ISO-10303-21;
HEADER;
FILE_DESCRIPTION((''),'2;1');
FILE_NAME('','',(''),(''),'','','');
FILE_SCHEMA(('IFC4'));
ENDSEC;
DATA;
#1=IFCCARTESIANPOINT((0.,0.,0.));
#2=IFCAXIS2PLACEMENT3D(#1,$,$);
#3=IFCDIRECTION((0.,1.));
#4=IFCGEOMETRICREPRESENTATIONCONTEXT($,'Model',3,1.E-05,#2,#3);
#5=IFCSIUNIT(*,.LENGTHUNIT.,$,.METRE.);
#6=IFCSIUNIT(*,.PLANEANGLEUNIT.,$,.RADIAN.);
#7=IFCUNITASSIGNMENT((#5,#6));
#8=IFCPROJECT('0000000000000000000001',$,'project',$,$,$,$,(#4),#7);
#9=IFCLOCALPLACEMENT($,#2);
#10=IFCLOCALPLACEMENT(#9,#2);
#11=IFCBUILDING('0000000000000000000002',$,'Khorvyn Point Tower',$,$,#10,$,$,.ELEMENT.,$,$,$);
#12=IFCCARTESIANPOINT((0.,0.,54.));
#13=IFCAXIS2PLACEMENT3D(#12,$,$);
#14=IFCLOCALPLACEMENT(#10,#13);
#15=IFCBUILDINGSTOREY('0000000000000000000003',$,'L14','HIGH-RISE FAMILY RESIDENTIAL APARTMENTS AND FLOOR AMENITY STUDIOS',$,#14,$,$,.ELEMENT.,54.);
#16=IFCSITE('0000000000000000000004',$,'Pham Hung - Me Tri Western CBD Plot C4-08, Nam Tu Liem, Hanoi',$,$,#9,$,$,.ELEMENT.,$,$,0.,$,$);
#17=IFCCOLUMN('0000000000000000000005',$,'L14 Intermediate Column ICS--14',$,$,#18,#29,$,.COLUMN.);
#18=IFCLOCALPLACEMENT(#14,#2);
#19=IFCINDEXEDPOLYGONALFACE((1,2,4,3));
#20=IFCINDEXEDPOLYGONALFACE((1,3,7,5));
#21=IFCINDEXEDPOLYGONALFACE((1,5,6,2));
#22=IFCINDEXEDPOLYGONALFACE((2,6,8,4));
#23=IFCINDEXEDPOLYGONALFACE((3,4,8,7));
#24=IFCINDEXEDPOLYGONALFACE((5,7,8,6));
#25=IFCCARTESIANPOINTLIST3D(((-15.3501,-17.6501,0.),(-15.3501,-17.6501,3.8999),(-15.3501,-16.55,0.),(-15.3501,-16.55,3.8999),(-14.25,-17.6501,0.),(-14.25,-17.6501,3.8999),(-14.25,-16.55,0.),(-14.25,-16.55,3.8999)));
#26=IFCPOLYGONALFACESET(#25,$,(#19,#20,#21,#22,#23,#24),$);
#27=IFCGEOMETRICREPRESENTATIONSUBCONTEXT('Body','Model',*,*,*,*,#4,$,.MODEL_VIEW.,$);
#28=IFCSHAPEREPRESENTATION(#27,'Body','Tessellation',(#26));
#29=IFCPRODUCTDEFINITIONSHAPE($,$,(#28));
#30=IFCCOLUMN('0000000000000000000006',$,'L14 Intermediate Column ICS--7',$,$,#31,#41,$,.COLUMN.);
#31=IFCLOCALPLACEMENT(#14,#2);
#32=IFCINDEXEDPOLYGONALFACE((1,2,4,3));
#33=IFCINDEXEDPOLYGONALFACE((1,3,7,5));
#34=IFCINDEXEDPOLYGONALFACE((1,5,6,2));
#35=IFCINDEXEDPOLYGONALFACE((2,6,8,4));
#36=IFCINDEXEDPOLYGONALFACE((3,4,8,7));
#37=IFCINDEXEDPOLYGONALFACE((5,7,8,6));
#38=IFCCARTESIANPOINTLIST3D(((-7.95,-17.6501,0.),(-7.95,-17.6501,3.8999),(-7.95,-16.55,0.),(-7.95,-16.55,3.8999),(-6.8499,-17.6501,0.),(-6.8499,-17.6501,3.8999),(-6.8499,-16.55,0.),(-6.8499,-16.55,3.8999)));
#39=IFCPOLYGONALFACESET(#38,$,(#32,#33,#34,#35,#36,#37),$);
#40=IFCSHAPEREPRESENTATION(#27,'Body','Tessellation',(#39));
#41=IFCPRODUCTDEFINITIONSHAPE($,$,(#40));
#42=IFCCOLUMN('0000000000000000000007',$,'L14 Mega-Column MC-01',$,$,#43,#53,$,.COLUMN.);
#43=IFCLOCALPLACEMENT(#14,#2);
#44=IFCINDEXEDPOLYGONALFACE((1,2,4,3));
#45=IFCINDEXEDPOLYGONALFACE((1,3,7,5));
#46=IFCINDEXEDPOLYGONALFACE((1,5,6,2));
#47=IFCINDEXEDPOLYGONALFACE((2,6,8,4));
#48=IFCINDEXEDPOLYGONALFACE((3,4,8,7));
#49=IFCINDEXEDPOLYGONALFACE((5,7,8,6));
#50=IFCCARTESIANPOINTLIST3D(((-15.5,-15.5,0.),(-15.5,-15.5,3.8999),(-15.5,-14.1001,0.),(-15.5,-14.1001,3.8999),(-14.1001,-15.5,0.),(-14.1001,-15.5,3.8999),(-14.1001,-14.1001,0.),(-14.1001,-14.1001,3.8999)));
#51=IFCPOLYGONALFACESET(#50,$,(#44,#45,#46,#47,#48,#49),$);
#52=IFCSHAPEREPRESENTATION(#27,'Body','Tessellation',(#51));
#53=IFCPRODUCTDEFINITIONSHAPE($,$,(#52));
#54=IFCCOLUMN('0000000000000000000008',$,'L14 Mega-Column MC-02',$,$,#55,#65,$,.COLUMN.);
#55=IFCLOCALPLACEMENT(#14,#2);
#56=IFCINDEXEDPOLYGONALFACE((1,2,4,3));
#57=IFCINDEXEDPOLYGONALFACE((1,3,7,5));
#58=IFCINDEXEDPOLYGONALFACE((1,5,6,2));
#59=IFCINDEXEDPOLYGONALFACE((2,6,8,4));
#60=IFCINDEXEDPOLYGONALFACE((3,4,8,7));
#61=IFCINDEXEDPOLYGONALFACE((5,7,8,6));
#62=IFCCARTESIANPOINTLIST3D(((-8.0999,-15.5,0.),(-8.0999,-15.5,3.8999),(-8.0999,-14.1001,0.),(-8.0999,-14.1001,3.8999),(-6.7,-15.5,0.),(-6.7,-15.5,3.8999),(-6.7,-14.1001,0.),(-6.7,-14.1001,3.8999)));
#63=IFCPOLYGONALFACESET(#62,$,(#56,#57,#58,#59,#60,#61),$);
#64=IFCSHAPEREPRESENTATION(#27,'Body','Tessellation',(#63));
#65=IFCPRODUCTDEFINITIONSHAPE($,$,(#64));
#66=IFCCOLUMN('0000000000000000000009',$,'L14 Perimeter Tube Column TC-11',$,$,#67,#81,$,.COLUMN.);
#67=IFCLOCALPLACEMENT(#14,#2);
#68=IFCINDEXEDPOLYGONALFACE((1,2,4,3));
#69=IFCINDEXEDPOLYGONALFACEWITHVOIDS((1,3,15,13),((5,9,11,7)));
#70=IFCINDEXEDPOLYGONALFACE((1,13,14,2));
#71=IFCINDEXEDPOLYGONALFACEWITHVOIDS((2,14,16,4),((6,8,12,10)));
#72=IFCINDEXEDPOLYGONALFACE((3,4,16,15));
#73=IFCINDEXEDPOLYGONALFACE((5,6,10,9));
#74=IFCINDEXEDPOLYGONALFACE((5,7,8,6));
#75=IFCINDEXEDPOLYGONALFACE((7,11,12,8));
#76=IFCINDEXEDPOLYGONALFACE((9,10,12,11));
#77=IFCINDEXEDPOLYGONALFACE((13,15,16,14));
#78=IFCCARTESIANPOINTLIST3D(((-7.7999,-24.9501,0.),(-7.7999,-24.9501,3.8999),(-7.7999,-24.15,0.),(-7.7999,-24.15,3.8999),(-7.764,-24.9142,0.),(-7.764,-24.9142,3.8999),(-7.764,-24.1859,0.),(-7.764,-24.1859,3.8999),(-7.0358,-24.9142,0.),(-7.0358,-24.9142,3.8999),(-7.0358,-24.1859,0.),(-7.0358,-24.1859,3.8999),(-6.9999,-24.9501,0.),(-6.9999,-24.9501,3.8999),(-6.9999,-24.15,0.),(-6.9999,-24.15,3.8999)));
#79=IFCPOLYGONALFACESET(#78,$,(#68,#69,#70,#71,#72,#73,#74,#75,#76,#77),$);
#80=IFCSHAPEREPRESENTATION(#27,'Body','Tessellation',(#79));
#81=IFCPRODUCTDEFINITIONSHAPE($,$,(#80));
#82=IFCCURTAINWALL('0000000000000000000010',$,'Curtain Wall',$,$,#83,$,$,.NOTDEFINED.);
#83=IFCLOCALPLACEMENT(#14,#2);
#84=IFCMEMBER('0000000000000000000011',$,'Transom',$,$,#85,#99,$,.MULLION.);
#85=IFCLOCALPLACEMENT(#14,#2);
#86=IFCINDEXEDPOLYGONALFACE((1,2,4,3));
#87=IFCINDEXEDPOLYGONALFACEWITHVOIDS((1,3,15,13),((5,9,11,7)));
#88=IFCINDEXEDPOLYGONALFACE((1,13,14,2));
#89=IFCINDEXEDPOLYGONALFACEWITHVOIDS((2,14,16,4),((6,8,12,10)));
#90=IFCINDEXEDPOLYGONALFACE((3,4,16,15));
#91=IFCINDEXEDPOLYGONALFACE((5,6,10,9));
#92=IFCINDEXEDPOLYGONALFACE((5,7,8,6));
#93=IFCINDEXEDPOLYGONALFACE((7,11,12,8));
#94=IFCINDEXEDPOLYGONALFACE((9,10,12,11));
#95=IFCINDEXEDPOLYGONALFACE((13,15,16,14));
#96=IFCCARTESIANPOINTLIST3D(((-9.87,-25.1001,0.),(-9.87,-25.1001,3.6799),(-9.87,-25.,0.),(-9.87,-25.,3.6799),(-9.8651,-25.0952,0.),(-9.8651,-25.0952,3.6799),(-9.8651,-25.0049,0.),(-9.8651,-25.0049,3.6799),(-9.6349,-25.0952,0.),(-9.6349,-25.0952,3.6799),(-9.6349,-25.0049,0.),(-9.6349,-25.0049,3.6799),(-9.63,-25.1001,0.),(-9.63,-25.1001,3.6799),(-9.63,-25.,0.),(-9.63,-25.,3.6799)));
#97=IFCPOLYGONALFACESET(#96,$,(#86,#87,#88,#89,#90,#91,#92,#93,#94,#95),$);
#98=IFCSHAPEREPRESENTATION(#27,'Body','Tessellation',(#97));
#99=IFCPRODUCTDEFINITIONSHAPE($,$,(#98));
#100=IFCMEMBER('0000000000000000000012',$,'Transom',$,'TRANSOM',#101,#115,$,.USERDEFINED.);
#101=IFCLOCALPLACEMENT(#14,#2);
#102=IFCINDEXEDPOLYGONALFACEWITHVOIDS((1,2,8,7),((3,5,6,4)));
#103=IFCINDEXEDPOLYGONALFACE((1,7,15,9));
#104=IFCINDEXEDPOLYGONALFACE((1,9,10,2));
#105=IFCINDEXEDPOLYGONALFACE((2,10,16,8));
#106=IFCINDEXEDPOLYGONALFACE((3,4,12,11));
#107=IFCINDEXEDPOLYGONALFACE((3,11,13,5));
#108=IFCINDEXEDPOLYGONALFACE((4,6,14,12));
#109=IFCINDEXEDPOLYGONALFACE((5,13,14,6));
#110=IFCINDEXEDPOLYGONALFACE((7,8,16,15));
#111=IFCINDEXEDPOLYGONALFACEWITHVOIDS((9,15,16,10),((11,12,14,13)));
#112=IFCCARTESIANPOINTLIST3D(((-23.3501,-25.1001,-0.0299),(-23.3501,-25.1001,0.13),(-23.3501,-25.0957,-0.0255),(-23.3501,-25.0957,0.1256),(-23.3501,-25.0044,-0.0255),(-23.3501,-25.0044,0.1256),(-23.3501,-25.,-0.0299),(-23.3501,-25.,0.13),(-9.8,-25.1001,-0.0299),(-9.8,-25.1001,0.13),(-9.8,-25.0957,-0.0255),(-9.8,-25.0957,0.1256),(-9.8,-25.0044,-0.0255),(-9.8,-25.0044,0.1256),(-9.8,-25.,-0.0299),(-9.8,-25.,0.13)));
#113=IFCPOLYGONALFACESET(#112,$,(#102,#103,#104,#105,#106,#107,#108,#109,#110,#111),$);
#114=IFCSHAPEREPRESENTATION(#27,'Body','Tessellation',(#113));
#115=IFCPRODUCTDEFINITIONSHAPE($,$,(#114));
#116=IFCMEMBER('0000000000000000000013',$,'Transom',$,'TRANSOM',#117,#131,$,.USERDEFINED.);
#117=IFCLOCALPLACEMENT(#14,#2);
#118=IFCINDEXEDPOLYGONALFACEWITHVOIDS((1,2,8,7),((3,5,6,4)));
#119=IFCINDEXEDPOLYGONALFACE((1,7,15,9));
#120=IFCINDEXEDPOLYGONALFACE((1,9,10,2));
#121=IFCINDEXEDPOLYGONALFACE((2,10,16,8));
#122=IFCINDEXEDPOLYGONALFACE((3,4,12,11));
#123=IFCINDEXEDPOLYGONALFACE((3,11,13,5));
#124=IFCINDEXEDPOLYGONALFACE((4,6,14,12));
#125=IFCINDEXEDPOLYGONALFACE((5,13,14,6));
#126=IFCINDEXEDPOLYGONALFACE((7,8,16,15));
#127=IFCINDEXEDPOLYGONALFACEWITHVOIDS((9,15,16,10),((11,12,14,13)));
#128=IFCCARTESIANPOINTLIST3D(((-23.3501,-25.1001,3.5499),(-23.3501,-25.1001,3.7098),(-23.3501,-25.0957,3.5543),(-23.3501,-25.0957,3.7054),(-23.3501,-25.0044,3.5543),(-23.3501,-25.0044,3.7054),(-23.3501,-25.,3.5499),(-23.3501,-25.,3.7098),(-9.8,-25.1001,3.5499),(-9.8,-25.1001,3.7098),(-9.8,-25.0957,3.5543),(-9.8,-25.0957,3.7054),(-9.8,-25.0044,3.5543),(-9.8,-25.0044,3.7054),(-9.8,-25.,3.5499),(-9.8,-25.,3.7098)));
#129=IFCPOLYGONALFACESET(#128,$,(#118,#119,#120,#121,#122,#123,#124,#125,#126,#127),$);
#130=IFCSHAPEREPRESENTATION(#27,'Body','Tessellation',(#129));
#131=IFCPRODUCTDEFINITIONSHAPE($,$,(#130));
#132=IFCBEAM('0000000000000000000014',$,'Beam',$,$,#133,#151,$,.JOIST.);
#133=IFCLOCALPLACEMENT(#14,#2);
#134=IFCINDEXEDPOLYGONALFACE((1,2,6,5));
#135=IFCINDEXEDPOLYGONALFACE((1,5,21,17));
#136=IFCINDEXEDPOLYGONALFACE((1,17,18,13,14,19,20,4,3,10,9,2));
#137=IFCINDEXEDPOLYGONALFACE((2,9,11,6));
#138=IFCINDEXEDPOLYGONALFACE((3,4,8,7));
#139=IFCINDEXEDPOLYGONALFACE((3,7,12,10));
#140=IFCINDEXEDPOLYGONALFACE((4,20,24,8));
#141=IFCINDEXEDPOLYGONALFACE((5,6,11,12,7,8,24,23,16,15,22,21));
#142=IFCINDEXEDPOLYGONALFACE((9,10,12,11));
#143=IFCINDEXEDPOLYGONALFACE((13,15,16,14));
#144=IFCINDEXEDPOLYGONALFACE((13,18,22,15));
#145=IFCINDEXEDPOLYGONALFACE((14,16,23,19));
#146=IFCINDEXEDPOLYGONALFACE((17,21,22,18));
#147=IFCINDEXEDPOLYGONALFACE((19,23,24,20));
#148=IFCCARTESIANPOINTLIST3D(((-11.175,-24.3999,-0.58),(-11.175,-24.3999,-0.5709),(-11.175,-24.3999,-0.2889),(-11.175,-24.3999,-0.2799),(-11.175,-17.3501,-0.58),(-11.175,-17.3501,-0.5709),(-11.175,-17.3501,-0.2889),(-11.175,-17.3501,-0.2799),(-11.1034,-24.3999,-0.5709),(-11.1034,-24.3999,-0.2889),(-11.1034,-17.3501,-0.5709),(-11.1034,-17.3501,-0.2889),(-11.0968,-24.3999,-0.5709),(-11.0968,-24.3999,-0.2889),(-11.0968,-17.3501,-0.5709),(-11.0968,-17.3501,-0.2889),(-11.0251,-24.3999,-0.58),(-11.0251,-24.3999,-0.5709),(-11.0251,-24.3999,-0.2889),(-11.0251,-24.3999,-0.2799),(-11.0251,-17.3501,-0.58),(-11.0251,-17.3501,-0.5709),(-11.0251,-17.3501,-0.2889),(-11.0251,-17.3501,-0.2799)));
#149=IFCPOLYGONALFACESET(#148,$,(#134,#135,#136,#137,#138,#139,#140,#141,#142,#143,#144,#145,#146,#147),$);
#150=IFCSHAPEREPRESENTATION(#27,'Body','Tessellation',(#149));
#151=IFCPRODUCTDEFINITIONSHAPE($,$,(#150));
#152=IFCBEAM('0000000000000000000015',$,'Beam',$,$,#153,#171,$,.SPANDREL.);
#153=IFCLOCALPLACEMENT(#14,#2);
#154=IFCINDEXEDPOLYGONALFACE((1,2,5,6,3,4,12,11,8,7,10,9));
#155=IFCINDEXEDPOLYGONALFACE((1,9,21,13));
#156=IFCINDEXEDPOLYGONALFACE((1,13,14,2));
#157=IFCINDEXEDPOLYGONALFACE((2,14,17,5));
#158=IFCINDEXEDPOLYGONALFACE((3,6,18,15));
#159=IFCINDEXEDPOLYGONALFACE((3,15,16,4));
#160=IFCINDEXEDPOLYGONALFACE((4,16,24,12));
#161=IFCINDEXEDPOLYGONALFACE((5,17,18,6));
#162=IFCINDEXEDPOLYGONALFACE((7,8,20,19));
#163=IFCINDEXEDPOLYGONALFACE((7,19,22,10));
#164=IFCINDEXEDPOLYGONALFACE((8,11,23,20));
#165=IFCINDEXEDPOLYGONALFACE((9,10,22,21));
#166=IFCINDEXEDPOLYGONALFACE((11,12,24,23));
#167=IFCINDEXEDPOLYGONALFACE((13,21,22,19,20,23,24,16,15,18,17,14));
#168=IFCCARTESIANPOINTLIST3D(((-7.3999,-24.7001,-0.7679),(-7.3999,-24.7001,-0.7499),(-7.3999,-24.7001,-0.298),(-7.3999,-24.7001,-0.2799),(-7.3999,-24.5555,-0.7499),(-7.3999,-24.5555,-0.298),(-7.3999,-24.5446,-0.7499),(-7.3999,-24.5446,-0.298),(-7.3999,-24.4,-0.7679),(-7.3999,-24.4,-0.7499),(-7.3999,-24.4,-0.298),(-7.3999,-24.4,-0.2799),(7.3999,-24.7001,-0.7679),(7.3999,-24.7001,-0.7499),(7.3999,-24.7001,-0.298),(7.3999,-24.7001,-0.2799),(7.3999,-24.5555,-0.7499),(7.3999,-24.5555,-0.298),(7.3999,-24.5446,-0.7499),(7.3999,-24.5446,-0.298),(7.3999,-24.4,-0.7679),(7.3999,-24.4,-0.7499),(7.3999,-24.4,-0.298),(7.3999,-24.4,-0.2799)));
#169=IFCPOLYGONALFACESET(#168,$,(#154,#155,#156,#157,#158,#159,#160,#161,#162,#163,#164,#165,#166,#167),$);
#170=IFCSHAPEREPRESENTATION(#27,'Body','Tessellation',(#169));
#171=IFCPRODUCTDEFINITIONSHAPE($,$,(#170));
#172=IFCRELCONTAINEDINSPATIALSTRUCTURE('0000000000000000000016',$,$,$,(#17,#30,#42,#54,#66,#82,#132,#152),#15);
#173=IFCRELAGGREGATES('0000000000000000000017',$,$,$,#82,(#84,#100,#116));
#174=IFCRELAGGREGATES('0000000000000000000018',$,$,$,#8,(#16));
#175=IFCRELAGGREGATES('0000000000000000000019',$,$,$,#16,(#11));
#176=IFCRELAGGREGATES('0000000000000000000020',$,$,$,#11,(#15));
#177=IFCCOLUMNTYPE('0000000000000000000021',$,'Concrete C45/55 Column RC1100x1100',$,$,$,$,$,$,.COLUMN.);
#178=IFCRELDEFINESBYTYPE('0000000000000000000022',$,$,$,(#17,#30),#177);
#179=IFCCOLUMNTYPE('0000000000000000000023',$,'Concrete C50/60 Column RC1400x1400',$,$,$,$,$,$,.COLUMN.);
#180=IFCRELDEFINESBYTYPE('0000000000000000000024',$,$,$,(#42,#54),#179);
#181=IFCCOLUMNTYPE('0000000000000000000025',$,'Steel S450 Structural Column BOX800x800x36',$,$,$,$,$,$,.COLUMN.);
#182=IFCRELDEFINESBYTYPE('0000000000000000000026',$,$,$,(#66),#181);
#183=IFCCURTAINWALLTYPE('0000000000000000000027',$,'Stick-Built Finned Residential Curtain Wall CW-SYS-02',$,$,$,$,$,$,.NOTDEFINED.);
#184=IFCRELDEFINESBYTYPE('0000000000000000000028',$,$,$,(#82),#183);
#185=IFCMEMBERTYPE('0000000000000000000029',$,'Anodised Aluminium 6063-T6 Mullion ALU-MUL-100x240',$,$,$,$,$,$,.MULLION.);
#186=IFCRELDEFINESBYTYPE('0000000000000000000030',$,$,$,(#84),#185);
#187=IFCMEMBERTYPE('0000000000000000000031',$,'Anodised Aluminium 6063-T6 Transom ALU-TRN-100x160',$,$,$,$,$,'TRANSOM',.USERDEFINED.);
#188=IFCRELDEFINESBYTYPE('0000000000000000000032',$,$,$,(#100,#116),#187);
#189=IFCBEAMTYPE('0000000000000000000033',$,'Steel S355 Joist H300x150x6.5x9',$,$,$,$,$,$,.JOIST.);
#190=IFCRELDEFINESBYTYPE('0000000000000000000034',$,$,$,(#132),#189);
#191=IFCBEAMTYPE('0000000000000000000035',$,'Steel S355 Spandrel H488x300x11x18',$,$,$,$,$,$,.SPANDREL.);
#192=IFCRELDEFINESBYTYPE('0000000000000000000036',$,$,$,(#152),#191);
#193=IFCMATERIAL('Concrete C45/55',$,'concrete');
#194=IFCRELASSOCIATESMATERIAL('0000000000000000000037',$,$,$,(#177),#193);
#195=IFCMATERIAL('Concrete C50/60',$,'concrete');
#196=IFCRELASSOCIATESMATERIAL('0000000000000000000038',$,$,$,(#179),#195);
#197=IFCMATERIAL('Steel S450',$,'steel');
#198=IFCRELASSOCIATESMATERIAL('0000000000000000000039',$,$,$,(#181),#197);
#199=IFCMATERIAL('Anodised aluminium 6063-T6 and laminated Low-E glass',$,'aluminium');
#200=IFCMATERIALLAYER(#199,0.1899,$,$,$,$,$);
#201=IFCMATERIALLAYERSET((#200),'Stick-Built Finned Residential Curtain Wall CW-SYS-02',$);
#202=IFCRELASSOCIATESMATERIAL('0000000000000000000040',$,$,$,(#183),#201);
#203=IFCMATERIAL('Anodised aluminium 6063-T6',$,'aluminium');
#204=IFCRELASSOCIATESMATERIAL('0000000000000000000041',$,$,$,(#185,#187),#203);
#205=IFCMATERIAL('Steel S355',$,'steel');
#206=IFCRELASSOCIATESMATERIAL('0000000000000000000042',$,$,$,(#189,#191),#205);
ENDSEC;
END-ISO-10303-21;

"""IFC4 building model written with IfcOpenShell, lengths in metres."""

from ifc_helpers import new_model, si_unit, direction, frame, origin, origin_2d, place, context, subcontext, project, spatial, rectangle, hollow_rectangle, i_section, extrude, material, layer, layer_set, material_profile, profile_set, type_object, element, aggregate, save


model = new_model("IFC4")

# Units and contexts
model_context = context("Model", 3, precision=1e-05, world=origin(), true_north=direction((0.0, 1.0)))
body_context = subcontext(model_context, "Body", "Model", "MODEL_VIEW")
ifc_project = project(units=[si_unit("LENGTHUNIT", "METRE"), si_unit("PLANEANGLEUNIT", "RADIAN")], contexts=[model_context])

# Site, building, storey
site_placement = place(None, origin())
site = spatial("IfcSite", under=ifc_project, at=site_placement, Name="Pham Hung - Me Tri Western CBD Plot C4-08, Nam Tu Liem, Hanoi", CompositionType="ELEMENT", RefElevation=0.0)
building_placement = place(site_placement, origin())
building = spatial("IfcBuilding", under=site, at=building_placement, Name="Khorvyn Point Tower", CompositionType="ELEMENT")
storey_placement = place(building_placement, frame((0.0, 0.0, 54.0)))
storey = spatial("IfcBuildingStorey", under=building, at=storey_placement, Name="L14", Description="HIGH-RISE FAMILY RESIDENTIAL APARTMENTS AND FLOOR AMENITY STUDIOS", CompositionType="ELEMENT", Elevation=54.0)

# Columns
ifc_material_1 = material(Name="Concrete C45/55", Category="concrete")
ifc_material_profile_1 = material_profile(ifc_material_1, rectangle(XDim=1.1001, YDim=1.1001, at=origin_2d()))
ifc_profile_set_1 = profile_set([ifc_material_profile_1], Name="Concrete C45/55 RC1100x1100")
column_type_1 = type_object("IfcColumnType", Name="Concrete C45/55 Column RC1100x1100", PredefinedType="COLUMN", material=ifc_profile_set_1)
for number, where, z_axis, x_axis, name in (
    (1, (-14.8, -17.1001, 0.0), (0.0, 0.0, 1.0), (1.0, 0.0, 0.0), "L14 Intermediate Column ICS--14"),
    (2, (-7.3999, -17.1001, 0.0), (0.0, 0.0, 1.0), (1.0, 0.0, 0.0), "L14 Intermediate Column ICS--7"),
):
    element("IfcColumn", number, at=place(storey_placement, frame(where, z_axis=z_axis, x_axis=x_axis)), inside=storey, type_object=column_type_1, Name=name, PredefinedType="COLUMN", context=body_context, shape_type="SweptSolid", body=[
        extrude(rectangle(XDim=1.1001, YDim=1.1001, at=origin_2d()), origin(), (0.0, 0.0, 1.0), 3.8999),
    ])
ifc_material_2 = material(Name="Concrete C50/60", Category="concrete")
ifc_material_profile_2 = material_profile(ifc_material_2, rectangle(XDim=1.3999, YDim=1.3999, at=origin_2d()))
ifc_profile_set_2 = profile_set([ifc_material_profile_2], Name="Concrete C50/60 RC1400x1400")
column_type_2 = type_object("IfcColumnType", Name="Concrete C50/60 Column RC1400x1400", PredefinedType="COLUMN", material=ifc_profile_set_2)
for number, where, z_axis, x_axis, name in (
    (3, (-14.8, -14.8, 0.0), (0.0, 0.0, 1.0), (1.0, 0.0, 0.0), "L14 Mega-Column MC-01"),
    (4, (-7.3999, -14.8, 0.0), (0.0, 0.0, 1.0), (1.0, 0.0, 0.0), "L14 Mega-Column MC-02"),
):
    element("IfcColumn", number, at=place(storey_placement, frame(where, z_axis=z_axis, x_axis=x_axis)), inside=storey, type_object=column_type_2, Name=name, PredefinedType="COLUMN", context=body_context, shape_type="SweptSolid", body=[
        extrude(rectangle(XDim=1.3999, YDim=1.3999, at=origin_2d()), origin(), (0.0, 0.0, 1.0), 3.8999),
    ])
ifc_material_3 = material(Name="Steel S450", Category="steel")
ifc_material_profile_3 = material_profile(ifc_material_3, hollow_rectangle(XDim=0.8, YDim=0.8, WallThickness=0.0359, at=origin_2d()))
ifc_profile_set_3 = profile_set([ifc_material_profile_3], Name="Steel S450 BOX800x800x36")
column_type_3 = type_object("IfcColumnType", Name="Steel S450 Structural Column BOX800x800x36", PredefinedType="COLUMN", material=ifc_profile_set_3)
column_placement = place(storey_placement, frame((-7.3999, -24.55, 0.0), z_axis=(0.0, 0.0, 1.0), x_axis=(1.0, 0.0, 0.0)))
element("IfcColumn", 5, at=column_placement, inside=storey, type_object=column_type_3, Name="L14 Perimeter Tube Column TC-11", PredefinedType="COLUMN", context=body_context, shape_type="SweptSolid", body=[
    extrude(hollow_rectangle(XDim=0.8, YDim=0.8, WallThickness=0.0359, at=origin_2d()), origin(), (0.0, 0.0, 1.0), 3.8999),
])

# Curtain wall, members
ifc_material_4 = material(Name="Anodised aluminium 6063-T6 and laminated Low-E glass", Category="aluminium")
ifc_layer_1 = layer(ifc_material_4, 0.1899)
ifc_layer_set_1 = layer_set([ifc_layer_1], Name="Stick-Built Finned Residential Curtain Wall CW-SYS-02")
curtain_wall_type = type_object("IfcCurtainWallType", Name="Stick-Built Finned Residential Curtain Wall CW-SYS-02", PredefinedType="NOTDEFINED", material=ifc_layer_set_1)
curtain_wall_placement = place(storey_placement, origin())
curtain_wall = element("IfcCurtainWall", 6, at=curtain_wall_placement, inside=storey, type_object=curtain_wall_type, Name="Curtain Wall", PredefinedType="NOTDEFINED")
ifc_material_5 = material(Name="Anodised aluminium 6063-T6", Category="aluminium")
ifc_material_profile_4 = material_profile(ifc_material_5, hollow_rectangle(XDim=0.1001, YDim=0.24, WallThickness=0.0049, at=origin_2d()))
ifc_profile_set_4 = profile_set([ifc_material_profile_4], Name="Anodised aluminium 6063-T6 ALU-MUL-100x240")
member_type_1 = type_object("IfcMemberType", Name="Anodised Aluminium 6063-T6 Mullion ALU-MUL-100x240", PredefinedType="MULLION", material=ifc_profile_set_4)
member_1_placement = place(storey_placement, frame((-9.75, -25.05, 0.0), z_axis=(0.0, 0.0, 1.0), x_axis=(0.0, -1.0, 0.0)))
member_1 = element("IfcMember", 7, at=member_1_placement, type_object=member_type_1, Name="Transom", PredefinedType="MULLION", context=body_context, shape_type="SweptSolid", body=[
    extrude(hollow_rectangle(XDim=0.1001, YDim=0.24, WallThickness=0.0049, at=origin_2d()), origin(), (0.0, 0.0, 1.0), 3.6799),
])
ifc_material_profile_5 = material_profile(ifc_material_5, hollow_rectangle(XDim=0.1001, YDim=0.1599, WallThickness=0.0044, at=origin_2d()))
ifc_profile_set_5 = profile_set([ifc_material_profile_5], Name="Anodised aluminium 6063-T6 ALU-TRN-100x160")
member_type_2 = type_object("IfcMemberType", Name="Anodised Aluminium 6063-T6 Transom ALU-TRN-100x160", ElementType="TRANSOM", PredefinedType="USERDEFINED", material=ifc_profile_set_5)
member_2_placement = place(storey_placement, frame((-9.8, -25.05, 0.05), z_axis=(-1.0, 0.0, 0.0), x_axis=(0.0, -1.0, 0.0)))
member_2 = element("IfcMember", 8, at=member_2_placement, type_object=member_type_2, Name="Transom", ObjectType="TRANSOM", PredefinedType="USERDEFINED", context=body_context, shape_type="SweptSolid", body=[
    extrude(hollow_rectangle(XDim=0.1001, YDim=0.1599, WallThickness=0.0044, at=origin_2d()), origin(), (0.0, 0.0, 1.0), 13.55),
])
member_3_placement = place(storey_placement, frame((-9.8, -25.05, 3.6299), z_axis=(-1.0, 0.0, 0.0), x_axis=(0.0, -1.0, 0.0)))
member_3 = element("IfcMember", 9, at=member_3_placement, type_object=member_type_2, Name="Transom", ObjectType="TRANSOM", PredefinedType="USERDEFINED", context=body_context, shape_type="SweptSolid", body=[
    extrude(hollow_rectangle(XDim=0.1001, YDim=0.1599, WallThickness=0.0044, at=origin_2d()), origin(), (0.0, 0.0, 1.0), 13.55),
])

# Beams
ifc_material_6 = material(Name="Steel S355", Category="steel")
ifc_material_profile_6 = material_profile(ifc_material_6, i_section(OverallWidth=0.1499, OverallDepth=0.3, WebThickness=0.0066, FlangeThickness=0.009, at=origin_2d()))
ifc_profile_set_6 = profile_set([ifc_material_profile_6], Name="Steel S355 H300x150x6.5x9")
beam_type_1 = type_object("IfcBeamType", Name="Steel S355 Joist H300x150x6.5x9", PredefinedType="JOIST", material=ifc_profile_set_6)
beam_1_placement = place(storey_placement, frame((-11.1001, -24.3999, -0.4299), z_axis=(0.0, 1.0, 0.0), x_axis=(-1.0, 0.0, 0.0)))
element("IfcBeam", 10, at=beam_1_placement, inside=storey, type_object=beam_type_1, Name="Beam", PredefinedType="JOIST", context=body_context, shape_type="SweptSolid", body=[
    extrude(i_section(OverallWidth=0.1499, OverallDepth=0.3, WebThickness=0.0066, FlangeThickness=0.009, at=origin_2d()), origin(), (0.0, 0.0, 1.0), 7.0498),
])
ifc_material_profile_7 = material_profile(ifc_material_6, i_section(OverallWidth=0.3, OverallDepth=0.488, WebThickness=0.011, FlangeThickness=0.0181, at=origin_2d()))
ifc_profile_set_7 = profile_set([ifc_material_profile_7], Name="Steel S355 H488x300x11x18")
beam_type_2 = type_object("IfcBeamType", Name="Steel S355 Spandrel H488x300x11x18", PredefinedType="SPANDREL", material=ifc_profile_set_7)
beam_2_placement = place(storey_placement, frame((-7.3999, -24.55, -0.5239), z_axis=(1.0, 0.0, 0.0), x_axis=(0.0, 1.0, 0.0)))
element("IfcBeam", 11, at=beam_2_placement, inside=storey, type_object=beam_type_2, Name="Beam", PredefinedType="SPANDREL", context=body_context, shape_type="SweptSolid", body=[
    extrude(i_section(OverallWidth=0.3, OverallDepth=0.488, WebThickness=0.011, FlangeThickness=0.0181, at=origin_2d()), origin(), (0.0, 0.0, 1.0), 14.7998),
])

aggregate(curtain_wall, [member_1, member_2, member_3])

save(model, "model.ifc")
